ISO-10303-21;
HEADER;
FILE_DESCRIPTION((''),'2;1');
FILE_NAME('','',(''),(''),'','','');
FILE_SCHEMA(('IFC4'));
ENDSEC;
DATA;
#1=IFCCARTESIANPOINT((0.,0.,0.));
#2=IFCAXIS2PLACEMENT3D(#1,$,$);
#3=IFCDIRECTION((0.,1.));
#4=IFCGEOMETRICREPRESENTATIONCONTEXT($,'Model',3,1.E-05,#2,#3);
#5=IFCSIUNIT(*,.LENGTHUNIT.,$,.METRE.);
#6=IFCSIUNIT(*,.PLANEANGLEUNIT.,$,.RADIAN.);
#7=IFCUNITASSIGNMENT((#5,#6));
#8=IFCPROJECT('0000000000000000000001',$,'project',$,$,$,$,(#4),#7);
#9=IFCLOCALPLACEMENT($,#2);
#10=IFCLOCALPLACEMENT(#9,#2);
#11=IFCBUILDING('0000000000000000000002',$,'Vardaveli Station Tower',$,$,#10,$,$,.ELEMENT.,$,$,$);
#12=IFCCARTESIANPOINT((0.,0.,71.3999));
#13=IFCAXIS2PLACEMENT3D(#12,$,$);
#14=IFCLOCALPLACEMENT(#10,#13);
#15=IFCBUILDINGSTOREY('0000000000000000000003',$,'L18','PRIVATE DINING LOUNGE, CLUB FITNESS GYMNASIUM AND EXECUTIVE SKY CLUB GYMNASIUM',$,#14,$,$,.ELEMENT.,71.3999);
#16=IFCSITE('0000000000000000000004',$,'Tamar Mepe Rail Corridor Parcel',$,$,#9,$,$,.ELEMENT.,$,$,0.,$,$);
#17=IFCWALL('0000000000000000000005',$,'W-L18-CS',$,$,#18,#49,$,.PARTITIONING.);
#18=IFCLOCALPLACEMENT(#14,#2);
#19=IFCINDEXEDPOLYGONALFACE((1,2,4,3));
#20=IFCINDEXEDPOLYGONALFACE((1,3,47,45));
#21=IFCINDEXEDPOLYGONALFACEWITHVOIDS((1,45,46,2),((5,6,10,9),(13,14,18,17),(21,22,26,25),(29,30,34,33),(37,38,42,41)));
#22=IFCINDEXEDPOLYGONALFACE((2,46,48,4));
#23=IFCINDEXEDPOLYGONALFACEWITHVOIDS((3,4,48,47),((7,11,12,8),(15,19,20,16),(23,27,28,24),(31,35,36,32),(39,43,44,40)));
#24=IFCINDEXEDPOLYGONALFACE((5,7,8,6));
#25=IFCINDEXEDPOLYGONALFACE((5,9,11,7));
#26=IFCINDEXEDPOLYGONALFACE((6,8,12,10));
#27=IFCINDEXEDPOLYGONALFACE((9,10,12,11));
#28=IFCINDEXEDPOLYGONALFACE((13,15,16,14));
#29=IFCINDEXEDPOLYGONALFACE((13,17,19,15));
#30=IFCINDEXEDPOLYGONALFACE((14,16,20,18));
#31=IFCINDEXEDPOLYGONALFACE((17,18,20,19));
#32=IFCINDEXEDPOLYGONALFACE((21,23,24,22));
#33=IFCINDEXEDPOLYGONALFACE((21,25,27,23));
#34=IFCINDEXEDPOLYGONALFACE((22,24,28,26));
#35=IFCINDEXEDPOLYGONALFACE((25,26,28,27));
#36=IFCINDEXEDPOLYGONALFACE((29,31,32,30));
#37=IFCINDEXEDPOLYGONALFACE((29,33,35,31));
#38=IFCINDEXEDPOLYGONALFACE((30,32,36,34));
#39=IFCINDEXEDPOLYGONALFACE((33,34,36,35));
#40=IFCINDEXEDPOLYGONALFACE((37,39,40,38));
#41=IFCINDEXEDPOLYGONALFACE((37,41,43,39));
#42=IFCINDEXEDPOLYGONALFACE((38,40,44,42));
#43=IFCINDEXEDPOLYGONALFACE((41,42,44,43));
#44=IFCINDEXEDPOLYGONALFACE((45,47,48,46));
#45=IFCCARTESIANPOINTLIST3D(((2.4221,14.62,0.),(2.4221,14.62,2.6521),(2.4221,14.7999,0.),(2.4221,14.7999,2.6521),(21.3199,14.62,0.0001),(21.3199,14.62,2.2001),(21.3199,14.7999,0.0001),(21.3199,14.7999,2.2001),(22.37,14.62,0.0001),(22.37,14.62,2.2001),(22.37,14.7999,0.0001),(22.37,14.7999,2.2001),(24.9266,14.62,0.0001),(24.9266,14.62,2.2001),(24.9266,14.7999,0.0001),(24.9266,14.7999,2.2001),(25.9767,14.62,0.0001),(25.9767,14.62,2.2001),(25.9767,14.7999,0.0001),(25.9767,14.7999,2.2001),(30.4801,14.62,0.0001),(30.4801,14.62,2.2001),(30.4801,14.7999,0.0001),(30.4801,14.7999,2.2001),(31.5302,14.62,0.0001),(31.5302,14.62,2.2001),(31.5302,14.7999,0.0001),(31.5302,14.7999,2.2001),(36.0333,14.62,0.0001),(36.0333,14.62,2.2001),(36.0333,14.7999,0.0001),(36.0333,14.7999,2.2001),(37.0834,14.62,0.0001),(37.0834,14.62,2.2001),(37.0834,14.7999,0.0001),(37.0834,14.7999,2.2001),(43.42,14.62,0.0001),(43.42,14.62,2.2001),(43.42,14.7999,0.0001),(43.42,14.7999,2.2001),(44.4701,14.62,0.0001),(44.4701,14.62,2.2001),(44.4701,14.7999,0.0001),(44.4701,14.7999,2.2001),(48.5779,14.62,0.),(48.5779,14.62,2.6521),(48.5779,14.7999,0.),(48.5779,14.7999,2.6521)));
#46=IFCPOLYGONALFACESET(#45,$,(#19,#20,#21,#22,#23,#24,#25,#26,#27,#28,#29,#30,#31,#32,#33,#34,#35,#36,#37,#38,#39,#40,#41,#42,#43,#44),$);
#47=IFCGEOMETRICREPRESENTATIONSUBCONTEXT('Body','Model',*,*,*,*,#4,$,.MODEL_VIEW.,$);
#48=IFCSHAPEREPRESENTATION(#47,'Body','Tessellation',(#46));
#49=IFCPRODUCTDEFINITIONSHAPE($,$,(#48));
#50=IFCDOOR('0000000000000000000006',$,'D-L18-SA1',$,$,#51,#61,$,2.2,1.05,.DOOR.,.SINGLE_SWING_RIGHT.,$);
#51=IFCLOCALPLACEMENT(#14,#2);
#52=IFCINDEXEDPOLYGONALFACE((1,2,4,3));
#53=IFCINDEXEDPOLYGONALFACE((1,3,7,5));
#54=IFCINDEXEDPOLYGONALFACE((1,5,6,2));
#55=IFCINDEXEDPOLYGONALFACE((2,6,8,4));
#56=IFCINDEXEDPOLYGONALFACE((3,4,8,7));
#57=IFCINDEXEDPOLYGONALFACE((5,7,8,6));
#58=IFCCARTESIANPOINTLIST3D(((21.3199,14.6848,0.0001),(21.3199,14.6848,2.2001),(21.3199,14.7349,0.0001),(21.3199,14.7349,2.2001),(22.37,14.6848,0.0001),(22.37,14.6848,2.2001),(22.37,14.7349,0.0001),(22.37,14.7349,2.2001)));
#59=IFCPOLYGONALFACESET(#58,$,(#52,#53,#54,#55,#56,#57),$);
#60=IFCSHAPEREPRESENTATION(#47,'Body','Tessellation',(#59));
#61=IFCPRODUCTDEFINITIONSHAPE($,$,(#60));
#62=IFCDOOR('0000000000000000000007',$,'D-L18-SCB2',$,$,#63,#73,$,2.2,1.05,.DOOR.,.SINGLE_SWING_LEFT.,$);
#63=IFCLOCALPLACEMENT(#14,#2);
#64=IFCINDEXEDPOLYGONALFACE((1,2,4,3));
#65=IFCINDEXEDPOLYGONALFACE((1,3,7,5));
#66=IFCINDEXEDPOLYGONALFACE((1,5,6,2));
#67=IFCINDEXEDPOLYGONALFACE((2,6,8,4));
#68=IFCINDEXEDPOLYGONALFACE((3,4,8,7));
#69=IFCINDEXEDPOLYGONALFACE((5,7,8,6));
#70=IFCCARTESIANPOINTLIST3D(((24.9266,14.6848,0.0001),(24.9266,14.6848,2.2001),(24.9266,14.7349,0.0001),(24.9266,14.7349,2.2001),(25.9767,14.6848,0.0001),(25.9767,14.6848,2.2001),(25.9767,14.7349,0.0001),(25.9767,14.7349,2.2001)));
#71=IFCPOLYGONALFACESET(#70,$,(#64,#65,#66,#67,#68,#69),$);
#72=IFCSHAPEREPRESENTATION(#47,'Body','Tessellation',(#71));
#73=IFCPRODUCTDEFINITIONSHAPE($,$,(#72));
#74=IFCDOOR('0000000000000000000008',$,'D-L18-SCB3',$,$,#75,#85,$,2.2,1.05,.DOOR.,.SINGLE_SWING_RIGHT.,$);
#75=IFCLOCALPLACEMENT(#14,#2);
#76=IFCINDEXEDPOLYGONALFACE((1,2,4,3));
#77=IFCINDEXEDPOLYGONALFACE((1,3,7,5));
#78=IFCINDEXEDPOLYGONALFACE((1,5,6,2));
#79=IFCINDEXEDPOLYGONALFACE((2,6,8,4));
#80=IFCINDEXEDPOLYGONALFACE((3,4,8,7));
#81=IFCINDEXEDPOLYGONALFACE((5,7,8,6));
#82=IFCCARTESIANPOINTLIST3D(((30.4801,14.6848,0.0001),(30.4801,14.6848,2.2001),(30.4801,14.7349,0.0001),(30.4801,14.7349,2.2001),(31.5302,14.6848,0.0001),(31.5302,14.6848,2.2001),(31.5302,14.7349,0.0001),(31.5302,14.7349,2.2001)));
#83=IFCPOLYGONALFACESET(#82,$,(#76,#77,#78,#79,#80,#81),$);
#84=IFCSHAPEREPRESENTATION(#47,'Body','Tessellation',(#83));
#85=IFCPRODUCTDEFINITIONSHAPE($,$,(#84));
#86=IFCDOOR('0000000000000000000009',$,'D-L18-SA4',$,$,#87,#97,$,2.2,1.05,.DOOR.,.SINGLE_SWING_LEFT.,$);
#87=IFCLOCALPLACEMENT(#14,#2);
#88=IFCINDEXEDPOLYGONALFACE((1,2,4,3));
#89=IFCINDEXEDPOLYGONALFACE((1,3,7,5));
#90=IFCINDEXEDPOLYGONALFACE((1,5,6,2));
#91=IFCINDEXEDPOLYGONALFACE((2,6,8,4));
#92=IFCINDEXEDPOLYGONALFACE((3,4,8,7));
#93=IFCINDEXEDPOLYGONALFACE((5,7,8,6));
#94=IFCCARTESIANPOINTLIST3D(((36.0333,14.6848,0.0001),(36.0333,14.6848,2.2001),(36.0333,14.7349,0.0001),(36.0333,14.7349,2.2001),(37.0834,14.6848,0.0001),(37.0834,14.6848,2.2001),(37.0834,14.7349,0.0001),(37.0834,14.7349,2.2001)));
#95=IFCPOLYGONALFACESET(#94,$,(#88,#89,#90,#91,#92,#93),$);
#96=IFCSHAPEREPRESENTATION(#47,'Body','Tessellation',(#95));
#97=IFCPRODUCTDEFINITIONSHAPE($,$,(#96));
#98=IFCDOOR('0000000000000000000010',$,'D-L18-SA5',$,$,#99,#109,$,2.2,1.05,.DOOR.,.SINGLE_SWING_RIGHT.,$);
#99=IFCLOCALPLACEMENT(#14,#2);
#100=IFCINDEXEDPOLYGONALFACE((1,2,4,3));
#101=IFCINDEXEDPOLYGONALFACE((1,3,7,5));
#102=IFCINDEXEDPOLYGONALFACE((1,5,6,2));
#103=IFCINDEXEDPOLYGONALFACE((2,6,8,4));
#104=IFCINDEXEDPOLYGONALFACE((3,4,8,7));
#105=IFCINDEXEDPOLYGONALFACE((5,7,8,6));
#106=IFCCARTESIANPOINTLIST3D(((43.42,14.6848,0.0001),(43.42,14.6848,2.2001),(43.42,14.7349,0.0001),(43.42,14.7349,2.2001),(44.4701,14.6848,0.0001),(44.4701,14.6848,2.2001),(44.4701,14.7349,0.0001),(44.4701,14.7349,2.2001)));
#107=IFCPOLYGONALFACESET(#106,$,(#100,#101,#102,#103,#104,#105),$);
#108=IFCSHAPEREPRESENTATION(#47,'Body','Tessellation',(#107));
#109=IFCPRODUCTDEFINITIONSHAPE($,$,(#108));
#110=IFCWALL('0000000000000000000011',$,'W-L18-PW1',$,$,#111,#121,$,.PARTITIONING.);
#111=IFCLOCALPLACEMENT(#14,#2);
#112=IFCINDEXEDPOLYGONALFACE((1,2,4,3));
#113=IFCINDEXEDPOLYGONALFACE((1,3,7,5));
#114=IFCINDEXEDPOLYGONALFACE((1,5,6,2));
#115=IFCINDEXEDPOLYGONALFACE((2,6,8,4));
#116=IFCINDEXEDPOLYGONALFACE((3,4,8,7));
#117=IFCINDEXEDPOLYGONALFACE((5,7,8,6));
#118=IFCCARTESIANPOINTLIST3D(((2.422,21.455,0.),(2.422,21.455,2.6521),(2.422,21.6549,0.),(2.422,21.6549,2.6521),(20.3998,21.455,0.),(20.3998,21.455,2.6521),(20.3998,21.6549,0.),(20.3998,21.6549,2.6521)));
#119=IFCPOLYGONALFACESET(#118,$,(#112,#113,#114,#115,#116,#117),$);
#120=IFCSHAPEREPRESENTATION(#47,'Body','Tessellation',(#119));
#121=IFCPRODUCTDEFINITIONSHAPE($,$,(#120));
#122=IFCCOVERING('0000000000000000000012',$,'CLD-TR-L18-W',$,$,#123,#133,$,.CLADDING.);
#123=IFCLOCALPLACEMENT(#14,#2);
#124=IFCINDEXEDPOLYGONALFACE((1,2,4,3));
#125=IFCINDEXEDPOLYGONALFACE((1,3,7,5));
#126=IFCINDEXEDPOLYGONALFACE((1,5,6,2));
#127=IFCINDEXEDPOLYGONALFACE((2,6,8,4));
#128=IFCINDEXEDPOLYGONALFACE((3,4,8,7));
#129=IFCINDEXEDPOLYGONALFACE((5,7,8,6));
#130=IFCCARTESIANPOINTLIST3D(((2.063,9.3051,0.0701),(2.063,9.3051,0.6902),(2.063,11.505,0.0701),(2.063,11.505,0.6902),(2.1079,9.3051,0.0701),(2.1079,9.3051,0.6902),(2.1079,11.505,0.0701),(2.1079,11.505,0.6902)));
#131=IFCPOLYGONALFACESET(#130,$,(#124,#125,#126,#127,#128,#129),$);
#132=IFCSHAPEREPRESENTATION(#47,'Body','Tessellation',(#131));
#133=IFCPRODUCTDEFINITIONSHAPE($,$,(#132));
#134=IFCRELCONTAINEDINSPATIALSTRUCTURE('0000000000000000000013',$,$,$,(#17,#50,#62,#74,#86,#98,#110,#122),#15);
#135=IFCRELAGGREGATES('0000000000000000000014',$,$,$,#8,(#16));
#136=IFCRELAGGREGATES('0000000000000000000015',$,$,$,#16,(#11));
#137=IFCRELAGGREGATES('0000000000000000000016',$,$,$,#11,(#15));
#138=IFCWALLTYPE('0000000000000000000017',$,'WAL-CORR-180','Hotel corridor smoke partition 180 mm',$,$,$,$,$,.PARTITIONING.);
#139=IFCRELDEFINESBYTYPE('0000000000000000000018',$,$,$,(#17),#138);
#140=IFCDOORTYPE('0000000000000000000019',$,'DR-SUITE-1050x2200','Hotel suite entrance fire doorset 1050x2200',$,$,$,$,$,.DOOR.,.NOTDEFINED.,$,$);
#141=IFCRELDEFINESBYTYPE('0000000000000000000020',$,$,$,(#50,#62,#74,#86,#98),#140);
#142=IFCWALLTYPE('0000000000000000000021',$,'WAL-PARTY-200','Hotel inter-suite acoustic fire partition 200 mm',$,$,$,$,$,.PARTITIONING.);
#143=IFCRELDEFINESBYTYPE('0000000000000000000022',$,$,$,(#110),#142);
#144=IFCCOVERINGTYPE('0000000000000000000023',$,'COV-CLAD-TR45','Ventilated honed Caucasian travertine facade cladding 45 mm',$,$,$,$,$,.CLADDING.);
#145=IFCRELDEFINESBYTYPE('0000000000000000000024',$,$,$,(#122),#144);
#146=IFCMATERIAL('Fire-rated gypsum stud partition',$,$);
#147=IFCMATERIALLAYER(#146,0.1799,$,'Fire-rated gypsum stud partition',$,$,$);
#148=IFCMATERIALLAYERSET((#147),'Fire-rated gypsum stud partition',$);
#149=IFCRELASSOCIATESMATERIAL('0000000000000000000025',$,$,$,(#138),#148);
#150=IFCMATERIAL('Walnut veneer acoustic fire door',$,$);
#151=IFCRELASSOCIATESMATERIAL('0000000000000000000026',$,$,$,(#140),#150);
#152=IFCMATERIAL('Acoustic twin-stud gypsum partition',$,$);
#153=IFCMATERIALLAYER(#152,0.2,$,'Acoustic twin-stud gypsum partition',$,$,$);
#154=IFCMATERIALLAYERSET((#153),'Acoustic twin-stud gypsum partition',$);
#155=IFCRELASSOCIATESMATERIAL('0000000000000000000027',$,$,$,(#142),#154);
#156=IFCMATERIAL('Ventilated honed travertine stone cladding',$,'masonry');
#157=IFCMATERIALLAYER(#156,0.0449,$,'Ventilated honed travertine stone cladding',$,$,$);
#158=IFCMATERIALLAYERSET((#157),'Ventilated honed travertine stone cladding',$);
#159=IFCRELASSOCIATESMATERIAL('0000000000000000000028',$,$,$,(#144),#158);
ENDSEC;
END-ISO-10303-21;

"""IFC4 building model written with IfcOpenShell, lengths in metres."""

from ifc_helpers import new_model, si_unit, direction, frame, frame_2d, origin, origin_2d, place, context, subcontext, project, spatial, rectangle, extrude, source, transform, mapped, material, layer, layer_set, type_object, element, fill, save


model = new_model("IFC4")

# Units and contexts
model_context = context("Model", 3, precision=1e-05, world=origin(), true_north=direction((0.0, 1.0)))
body_context = subcontext(model_context, "Body", "Model", "MODEL_VIEW")
ifc_project = project(units=[si_unit("LENGTHUNIT", "METRE"), si_unit("PLANEANGLEUNIT", "RADIAN")], contexts=[model_context])

# Site, building, storey
site_placement = place(None, origin())
site = spatial("IfcSite", under=ifc_project, at=site_placement, Name="Tamar Mepe Rail Corridor Parcel", CompositionType="ELEMENT", RefElevation=0.0)
building_placement = place(site_placement, origin())
building = spatial("IfcBuilding", under=site, at=building_placement, Name="Vardaveli Station Tower", CompositionType="ELEMENT")
storey_placement = place(building_placement, frame((0.0, 0.0, 71.3999)))
storey = spatial("IfcBuildingStorey", under=building, at=storey_placement, Name="L18", Description="PRIVATE DINING LOUNGE, CLUB FITNESS GYMNASIUM AND EXECUTIVE SKY CLUB GYMNASIUM", CompositionType="ELEMENT", Elevation=71.3999)

# Wall, openings, doors
ifc_material_1 = material(Name="Fire-rated gypsum stud partition")
ifc_layer_1 = layer(ifc_material_1, 0.1799, Name="Fire-rated gypsum stud partition")
ifc_layer_set_1 = layer_set([ifc_layer_1], Name="Fire-rated gypsum stud partition")
wall_type_1 = type_object("IfcWallType", Name="WAL-CORR-180", Description="Hotel corridor smoke partition 180 mm", PredefinedType="PARTITIONING", material=ifc_layer_set_1)
shared_shape_1 = source(origin(), body_context, "Body", "SweptSolid", [
    extrude(rectangle(XDim=46.1558, YDim=0.1799, at=frame_2d((23.0779, 0.0))), origin(), (0.0, 0.0, 1.0), 2.6521),
])
wall_1_placement = place(storey_placement, frame((2.4221, 14.71, 0.0), z_axis=(0.0, 0.0, 1.0), x_axis=(1.0, 0.0, 0.0)))
wall_1 = element("IfcWall", 1, at=wall_1_placement, inside=storey, type_object=wall_type_1, Name="W-L18-CS", PredefinedType="PARTITIONING", context=body_context, shape_type="MappedRepresentation", body=[
    mapped(shared_shape_1, transform((0.0, 0.0, 0.0), scale=1.0)),
])
shared_shape_2 = source(origin(), body_context, "Body", "SweptSolid", [
    extrude(rectangle(XDim=1.05, YDim=2.2, at=frame_2d((0.5249, 1.1001))), frame((0.0, 0.1001, 0.0), z_axis=(0.0, -1.0, 0.0), x_axis=(1.0, 0.0, 0.0)), (0.0, 0.0, 1.0), 0.2),
])
opening_1_placement = place(wall_1_placement, frame((18.8979, 0.0, 0.0)))
opening_1 = element("IfcOpeningElement", 2, at=opening_1_placement, cuts=wall_1, PredefinedType="OPENING", context=body_context, shape_type="MappedRepresentation", body=[
    mapped(shared_shape_2, transform((0.0, 0.0, 0.0), scale=1.0)),
])
opening_2_placement = place(wall_1_placement, frame((22.5046, 0.0, 0.0)))
opening_2 = element("IfcOpeningElement", 3, at=opening_2_placement, cuts=wall_1, PredefinedType="OPENING", context=body_context, shape_type="MappedRepresentation", body=[
    mapped(shared_shape_2, transform((0.0, 0.0, 0.0), scale=1.0)),
])
opening_3_placement = place(wall_1_placement, frame((28.0581, 0.0, 0.0)))
opening_3 = element("IfcOpeningElement", 4, at=opening_3_placement, cuts=wall_1, PredefinedType="OPENING", context=body_context, shape_type="MappedRepresentation", body=[
    mapped(shared_shape_2, transform((0.0, 0.0, 0.0), scale=1.0)),
])
opening_4_placement = place(wall_1_placement, frame((33.6113, 0.0, 0.0)))
opening_4 = element("IfcOpeningElement", 5, at=opening_4_placement, cuts=wall_1, PredefinedType="OPENING", context=body_context, shape_type="MappedRepresentation", body=[
    mapped(shared_shape_2, transform((0.0, 0.0, 0.0), scale=1.0)),
])
opening_5_placement = place(wall_1_placement, frame((40.998, 0.0, 0.0)))
opening_5 = element("IfcOpeningElement", 6, at=opening_5_placement, cuts=wall_1, PredefinedType="OPENING", context=body_context, shape_type="MappedRepresentation", body=[
    mapped(shared_shape_2, transform((0.0, 0.0, 0.0), scale=1.0)),
])
ifc_material_2 = material(Name="Walnut veneer acoustic fire door")
door_type = type_object("IfcDoorType", Name="DR-SUITE-1050x2200", Description="Hotel suite entrance fire doorset 1050x2200", OperationType="NOTDEFINED", PredefinedType="DOOR", material=ifc_material_2)
shared_shape_3 = source(origin(), body_context, "Body", "SweptSolid", [
    extrude(rectangle(XDim=1.05, YDim=2.2, at=frame_2d((0.5249, 1.1001))), frame((0.0, 0.0249, 0.0), z_axis=(0.0, -1.0, 0.0), x_axis=(1.0, 0.0, 0.0)), (0.0, 0.0, 1.0), 0.05),
])
door_1_placement = place(opening_1_placement, origin())
door_1 = element("IfcDoor", 7, at=door_1_placement, inside=storey, type_object=door_type, Name="D-L18-SA1", OperationType="SINGLE_SWING_RIGHT", OverallHeight=2.2, OverallWidth=1.05, PredefinedType="DOOR", context=body_context, shape_type="MappedRepresentation", body=[
    mapped(shared_shape_3, transform((0.0, 0.0, 0.0), scale=1.0)),
])
fill(opening_1, door_1)
door_2_placement = place(opening_2_placement, origin())
door_2 = element("IfcDoor", 8, at=door_2_placement, inside=storey, type_object=door_type, Name="D-L18-SCB2", OperationType="SINGLE_SWING_LEFT", OverallHeight=2.2, OverallWidth=1.05, PredefinedType="DOOR", context=body_context, shape_type="MappedRepresentation", body=[
    mapped(shared_shape_3, transform((0.0, 0.0, 0.0), scale=1.0)),
])
fill(opening_2, door_2)
door_3_placement = place(opening_3_placement, origin())
door_3 = element("IfcDoor", 9, at=door_3_placement, inside=storey, type_object=door_type, Name="D-L18-SCB3", OperationType="SINGLE_SWING_RIGHT", OverallHeight=2.2, OverallWidth=1.05, PredefinedType="DOOR", context=body_context, shape_type="MappedRepresentation", body=[
    mapped(shared_shape_3, transform((0.0, 0.0, 0.0), scale=1.0)),
])
fill(opening_3, door_3)
door_4_placement = place(opening_4_placement, origin())
door_4 = element("IfcDoor", 10, at=door_4_placement, inside=storey, type_object=door_type, Name="D-L18-SA4", OperationType="SINGLE_SWING_LEFT", OverallHeight=2.2, OverallWidth=1.05, PredefinedType="DOOR", context=body_context, shape_type="MappedRepresentation", body=[
    mapped(shared_shape_3, transform((0.0, 0.0, 0.0), scale=1.0)),
])
fill(opening_4, door_4)
door_5_placement = place(opening_5_placement, origin())
door_5 = element("IfcDoor", 11, at=door_5_placement, inside=storey, type_object=door_type, Name="D-L18-SA5", OperationType="SINGLE_SWING_RIGHT", OverallHeight=2.2, OverallWidth=1.05, PredefinedType="DOOR", context=body_context, shape_type="MappedRepresentation", body=[
    mapped(shared_shape_3, transform((0.0, 0.0, 0.0), scale=1.0)),
])
fill(opening_5, door_5)

# Wall
ifc_material_3 = material(Name="Acoustic twin-stud gypsum partition")
ifc_layer_2 = layer(ifc_material_3, 0.2, Name="Acoustic twin-stud gypsum partition")
ifc_layer_set_2 = layer_set([ifc_layer_2], Name="Acoustic twin-stud gypsum partition")
wall_type_2 = type_object("IfcWallType", Name="WAL-PARTY-200", Description="Hotel inter-suite acoustic fire partition 200 mm", PredefinedType="PARTITIONING", material=ifc_layer_set_2)
shared_shape_4 = source(origin(), body_context, "Body", "SweptSolid", [
    extrude(rectangle(XDim=17.9778, YDim=0.2, at=frame_2d((8.9888, 0.0))), origin(), (0.0, 0.0, 1.0), 2.6521),
])
wall_2_placement = place(storey_placement, frame((2.4221, 21.5549, 0.0), z_axis=(0.0, 0.0, 1.0), x_axis=(1.0, 0.0, 0.0)))
element("IfcWall", 12, at=wall_2_placement, inside=storey, type_object=wall_type_2, Name="W-L18-PW1", PredefinedType="PARTITIONING", context=body_context, shape_type="MappedRepresentation", body=[
    mapped(shared_shape_4, transform((0.0, 0.0, 0.0), scale=1.0)),
])

# Covering
ifc_material_4 = material(Name="Ventilated honed travertine stone cladding", Category="masonry")
ifc_layer_3 = layer(ifc_material_4, 0.0449, Name="Ventilated honed travertine stone cladding")
ifc_layer_set_3 = layer_set([ifc_layer_3], Name="Ventilated honed travertine stone cladding")
covering_type = type_object("IfcCoveringType", Name="COV-CLAD-TR45", Description="Ventilated honed Caucasian travertine facade cladding 45 mm", PredefinedType="CLADDING", material=ifc_layer_set_3)
shared_shape_5 = source(origin(), body_context, "Body", "SweptSolid", [
    extrude(rectangle(XDim=2.2, YDim=0.0449, at=origin_2d()), origin(), (0.0, 0.0, 1.0), 0.6201),
])
covering_placement = place(storey_placement, frame((2.0854, 10.405, 0.0701), z_axis=(0.0, 0.0, 1.0), x_axis=(0.0, 1.0, 0.0)))
element("IfcCovering", 13, at=covering_placement, inside=storey, type_object=covering_type, Name="CLD-TR-L18-W", PredefinedType="CLADDING", context=body_context, shape_type="MappedRepresentation", body=[
    mapped(shared_shape_5, transform((0.0, 0.0, 0.0), scale=1.0)),
])

save(model, "model.ifc")
